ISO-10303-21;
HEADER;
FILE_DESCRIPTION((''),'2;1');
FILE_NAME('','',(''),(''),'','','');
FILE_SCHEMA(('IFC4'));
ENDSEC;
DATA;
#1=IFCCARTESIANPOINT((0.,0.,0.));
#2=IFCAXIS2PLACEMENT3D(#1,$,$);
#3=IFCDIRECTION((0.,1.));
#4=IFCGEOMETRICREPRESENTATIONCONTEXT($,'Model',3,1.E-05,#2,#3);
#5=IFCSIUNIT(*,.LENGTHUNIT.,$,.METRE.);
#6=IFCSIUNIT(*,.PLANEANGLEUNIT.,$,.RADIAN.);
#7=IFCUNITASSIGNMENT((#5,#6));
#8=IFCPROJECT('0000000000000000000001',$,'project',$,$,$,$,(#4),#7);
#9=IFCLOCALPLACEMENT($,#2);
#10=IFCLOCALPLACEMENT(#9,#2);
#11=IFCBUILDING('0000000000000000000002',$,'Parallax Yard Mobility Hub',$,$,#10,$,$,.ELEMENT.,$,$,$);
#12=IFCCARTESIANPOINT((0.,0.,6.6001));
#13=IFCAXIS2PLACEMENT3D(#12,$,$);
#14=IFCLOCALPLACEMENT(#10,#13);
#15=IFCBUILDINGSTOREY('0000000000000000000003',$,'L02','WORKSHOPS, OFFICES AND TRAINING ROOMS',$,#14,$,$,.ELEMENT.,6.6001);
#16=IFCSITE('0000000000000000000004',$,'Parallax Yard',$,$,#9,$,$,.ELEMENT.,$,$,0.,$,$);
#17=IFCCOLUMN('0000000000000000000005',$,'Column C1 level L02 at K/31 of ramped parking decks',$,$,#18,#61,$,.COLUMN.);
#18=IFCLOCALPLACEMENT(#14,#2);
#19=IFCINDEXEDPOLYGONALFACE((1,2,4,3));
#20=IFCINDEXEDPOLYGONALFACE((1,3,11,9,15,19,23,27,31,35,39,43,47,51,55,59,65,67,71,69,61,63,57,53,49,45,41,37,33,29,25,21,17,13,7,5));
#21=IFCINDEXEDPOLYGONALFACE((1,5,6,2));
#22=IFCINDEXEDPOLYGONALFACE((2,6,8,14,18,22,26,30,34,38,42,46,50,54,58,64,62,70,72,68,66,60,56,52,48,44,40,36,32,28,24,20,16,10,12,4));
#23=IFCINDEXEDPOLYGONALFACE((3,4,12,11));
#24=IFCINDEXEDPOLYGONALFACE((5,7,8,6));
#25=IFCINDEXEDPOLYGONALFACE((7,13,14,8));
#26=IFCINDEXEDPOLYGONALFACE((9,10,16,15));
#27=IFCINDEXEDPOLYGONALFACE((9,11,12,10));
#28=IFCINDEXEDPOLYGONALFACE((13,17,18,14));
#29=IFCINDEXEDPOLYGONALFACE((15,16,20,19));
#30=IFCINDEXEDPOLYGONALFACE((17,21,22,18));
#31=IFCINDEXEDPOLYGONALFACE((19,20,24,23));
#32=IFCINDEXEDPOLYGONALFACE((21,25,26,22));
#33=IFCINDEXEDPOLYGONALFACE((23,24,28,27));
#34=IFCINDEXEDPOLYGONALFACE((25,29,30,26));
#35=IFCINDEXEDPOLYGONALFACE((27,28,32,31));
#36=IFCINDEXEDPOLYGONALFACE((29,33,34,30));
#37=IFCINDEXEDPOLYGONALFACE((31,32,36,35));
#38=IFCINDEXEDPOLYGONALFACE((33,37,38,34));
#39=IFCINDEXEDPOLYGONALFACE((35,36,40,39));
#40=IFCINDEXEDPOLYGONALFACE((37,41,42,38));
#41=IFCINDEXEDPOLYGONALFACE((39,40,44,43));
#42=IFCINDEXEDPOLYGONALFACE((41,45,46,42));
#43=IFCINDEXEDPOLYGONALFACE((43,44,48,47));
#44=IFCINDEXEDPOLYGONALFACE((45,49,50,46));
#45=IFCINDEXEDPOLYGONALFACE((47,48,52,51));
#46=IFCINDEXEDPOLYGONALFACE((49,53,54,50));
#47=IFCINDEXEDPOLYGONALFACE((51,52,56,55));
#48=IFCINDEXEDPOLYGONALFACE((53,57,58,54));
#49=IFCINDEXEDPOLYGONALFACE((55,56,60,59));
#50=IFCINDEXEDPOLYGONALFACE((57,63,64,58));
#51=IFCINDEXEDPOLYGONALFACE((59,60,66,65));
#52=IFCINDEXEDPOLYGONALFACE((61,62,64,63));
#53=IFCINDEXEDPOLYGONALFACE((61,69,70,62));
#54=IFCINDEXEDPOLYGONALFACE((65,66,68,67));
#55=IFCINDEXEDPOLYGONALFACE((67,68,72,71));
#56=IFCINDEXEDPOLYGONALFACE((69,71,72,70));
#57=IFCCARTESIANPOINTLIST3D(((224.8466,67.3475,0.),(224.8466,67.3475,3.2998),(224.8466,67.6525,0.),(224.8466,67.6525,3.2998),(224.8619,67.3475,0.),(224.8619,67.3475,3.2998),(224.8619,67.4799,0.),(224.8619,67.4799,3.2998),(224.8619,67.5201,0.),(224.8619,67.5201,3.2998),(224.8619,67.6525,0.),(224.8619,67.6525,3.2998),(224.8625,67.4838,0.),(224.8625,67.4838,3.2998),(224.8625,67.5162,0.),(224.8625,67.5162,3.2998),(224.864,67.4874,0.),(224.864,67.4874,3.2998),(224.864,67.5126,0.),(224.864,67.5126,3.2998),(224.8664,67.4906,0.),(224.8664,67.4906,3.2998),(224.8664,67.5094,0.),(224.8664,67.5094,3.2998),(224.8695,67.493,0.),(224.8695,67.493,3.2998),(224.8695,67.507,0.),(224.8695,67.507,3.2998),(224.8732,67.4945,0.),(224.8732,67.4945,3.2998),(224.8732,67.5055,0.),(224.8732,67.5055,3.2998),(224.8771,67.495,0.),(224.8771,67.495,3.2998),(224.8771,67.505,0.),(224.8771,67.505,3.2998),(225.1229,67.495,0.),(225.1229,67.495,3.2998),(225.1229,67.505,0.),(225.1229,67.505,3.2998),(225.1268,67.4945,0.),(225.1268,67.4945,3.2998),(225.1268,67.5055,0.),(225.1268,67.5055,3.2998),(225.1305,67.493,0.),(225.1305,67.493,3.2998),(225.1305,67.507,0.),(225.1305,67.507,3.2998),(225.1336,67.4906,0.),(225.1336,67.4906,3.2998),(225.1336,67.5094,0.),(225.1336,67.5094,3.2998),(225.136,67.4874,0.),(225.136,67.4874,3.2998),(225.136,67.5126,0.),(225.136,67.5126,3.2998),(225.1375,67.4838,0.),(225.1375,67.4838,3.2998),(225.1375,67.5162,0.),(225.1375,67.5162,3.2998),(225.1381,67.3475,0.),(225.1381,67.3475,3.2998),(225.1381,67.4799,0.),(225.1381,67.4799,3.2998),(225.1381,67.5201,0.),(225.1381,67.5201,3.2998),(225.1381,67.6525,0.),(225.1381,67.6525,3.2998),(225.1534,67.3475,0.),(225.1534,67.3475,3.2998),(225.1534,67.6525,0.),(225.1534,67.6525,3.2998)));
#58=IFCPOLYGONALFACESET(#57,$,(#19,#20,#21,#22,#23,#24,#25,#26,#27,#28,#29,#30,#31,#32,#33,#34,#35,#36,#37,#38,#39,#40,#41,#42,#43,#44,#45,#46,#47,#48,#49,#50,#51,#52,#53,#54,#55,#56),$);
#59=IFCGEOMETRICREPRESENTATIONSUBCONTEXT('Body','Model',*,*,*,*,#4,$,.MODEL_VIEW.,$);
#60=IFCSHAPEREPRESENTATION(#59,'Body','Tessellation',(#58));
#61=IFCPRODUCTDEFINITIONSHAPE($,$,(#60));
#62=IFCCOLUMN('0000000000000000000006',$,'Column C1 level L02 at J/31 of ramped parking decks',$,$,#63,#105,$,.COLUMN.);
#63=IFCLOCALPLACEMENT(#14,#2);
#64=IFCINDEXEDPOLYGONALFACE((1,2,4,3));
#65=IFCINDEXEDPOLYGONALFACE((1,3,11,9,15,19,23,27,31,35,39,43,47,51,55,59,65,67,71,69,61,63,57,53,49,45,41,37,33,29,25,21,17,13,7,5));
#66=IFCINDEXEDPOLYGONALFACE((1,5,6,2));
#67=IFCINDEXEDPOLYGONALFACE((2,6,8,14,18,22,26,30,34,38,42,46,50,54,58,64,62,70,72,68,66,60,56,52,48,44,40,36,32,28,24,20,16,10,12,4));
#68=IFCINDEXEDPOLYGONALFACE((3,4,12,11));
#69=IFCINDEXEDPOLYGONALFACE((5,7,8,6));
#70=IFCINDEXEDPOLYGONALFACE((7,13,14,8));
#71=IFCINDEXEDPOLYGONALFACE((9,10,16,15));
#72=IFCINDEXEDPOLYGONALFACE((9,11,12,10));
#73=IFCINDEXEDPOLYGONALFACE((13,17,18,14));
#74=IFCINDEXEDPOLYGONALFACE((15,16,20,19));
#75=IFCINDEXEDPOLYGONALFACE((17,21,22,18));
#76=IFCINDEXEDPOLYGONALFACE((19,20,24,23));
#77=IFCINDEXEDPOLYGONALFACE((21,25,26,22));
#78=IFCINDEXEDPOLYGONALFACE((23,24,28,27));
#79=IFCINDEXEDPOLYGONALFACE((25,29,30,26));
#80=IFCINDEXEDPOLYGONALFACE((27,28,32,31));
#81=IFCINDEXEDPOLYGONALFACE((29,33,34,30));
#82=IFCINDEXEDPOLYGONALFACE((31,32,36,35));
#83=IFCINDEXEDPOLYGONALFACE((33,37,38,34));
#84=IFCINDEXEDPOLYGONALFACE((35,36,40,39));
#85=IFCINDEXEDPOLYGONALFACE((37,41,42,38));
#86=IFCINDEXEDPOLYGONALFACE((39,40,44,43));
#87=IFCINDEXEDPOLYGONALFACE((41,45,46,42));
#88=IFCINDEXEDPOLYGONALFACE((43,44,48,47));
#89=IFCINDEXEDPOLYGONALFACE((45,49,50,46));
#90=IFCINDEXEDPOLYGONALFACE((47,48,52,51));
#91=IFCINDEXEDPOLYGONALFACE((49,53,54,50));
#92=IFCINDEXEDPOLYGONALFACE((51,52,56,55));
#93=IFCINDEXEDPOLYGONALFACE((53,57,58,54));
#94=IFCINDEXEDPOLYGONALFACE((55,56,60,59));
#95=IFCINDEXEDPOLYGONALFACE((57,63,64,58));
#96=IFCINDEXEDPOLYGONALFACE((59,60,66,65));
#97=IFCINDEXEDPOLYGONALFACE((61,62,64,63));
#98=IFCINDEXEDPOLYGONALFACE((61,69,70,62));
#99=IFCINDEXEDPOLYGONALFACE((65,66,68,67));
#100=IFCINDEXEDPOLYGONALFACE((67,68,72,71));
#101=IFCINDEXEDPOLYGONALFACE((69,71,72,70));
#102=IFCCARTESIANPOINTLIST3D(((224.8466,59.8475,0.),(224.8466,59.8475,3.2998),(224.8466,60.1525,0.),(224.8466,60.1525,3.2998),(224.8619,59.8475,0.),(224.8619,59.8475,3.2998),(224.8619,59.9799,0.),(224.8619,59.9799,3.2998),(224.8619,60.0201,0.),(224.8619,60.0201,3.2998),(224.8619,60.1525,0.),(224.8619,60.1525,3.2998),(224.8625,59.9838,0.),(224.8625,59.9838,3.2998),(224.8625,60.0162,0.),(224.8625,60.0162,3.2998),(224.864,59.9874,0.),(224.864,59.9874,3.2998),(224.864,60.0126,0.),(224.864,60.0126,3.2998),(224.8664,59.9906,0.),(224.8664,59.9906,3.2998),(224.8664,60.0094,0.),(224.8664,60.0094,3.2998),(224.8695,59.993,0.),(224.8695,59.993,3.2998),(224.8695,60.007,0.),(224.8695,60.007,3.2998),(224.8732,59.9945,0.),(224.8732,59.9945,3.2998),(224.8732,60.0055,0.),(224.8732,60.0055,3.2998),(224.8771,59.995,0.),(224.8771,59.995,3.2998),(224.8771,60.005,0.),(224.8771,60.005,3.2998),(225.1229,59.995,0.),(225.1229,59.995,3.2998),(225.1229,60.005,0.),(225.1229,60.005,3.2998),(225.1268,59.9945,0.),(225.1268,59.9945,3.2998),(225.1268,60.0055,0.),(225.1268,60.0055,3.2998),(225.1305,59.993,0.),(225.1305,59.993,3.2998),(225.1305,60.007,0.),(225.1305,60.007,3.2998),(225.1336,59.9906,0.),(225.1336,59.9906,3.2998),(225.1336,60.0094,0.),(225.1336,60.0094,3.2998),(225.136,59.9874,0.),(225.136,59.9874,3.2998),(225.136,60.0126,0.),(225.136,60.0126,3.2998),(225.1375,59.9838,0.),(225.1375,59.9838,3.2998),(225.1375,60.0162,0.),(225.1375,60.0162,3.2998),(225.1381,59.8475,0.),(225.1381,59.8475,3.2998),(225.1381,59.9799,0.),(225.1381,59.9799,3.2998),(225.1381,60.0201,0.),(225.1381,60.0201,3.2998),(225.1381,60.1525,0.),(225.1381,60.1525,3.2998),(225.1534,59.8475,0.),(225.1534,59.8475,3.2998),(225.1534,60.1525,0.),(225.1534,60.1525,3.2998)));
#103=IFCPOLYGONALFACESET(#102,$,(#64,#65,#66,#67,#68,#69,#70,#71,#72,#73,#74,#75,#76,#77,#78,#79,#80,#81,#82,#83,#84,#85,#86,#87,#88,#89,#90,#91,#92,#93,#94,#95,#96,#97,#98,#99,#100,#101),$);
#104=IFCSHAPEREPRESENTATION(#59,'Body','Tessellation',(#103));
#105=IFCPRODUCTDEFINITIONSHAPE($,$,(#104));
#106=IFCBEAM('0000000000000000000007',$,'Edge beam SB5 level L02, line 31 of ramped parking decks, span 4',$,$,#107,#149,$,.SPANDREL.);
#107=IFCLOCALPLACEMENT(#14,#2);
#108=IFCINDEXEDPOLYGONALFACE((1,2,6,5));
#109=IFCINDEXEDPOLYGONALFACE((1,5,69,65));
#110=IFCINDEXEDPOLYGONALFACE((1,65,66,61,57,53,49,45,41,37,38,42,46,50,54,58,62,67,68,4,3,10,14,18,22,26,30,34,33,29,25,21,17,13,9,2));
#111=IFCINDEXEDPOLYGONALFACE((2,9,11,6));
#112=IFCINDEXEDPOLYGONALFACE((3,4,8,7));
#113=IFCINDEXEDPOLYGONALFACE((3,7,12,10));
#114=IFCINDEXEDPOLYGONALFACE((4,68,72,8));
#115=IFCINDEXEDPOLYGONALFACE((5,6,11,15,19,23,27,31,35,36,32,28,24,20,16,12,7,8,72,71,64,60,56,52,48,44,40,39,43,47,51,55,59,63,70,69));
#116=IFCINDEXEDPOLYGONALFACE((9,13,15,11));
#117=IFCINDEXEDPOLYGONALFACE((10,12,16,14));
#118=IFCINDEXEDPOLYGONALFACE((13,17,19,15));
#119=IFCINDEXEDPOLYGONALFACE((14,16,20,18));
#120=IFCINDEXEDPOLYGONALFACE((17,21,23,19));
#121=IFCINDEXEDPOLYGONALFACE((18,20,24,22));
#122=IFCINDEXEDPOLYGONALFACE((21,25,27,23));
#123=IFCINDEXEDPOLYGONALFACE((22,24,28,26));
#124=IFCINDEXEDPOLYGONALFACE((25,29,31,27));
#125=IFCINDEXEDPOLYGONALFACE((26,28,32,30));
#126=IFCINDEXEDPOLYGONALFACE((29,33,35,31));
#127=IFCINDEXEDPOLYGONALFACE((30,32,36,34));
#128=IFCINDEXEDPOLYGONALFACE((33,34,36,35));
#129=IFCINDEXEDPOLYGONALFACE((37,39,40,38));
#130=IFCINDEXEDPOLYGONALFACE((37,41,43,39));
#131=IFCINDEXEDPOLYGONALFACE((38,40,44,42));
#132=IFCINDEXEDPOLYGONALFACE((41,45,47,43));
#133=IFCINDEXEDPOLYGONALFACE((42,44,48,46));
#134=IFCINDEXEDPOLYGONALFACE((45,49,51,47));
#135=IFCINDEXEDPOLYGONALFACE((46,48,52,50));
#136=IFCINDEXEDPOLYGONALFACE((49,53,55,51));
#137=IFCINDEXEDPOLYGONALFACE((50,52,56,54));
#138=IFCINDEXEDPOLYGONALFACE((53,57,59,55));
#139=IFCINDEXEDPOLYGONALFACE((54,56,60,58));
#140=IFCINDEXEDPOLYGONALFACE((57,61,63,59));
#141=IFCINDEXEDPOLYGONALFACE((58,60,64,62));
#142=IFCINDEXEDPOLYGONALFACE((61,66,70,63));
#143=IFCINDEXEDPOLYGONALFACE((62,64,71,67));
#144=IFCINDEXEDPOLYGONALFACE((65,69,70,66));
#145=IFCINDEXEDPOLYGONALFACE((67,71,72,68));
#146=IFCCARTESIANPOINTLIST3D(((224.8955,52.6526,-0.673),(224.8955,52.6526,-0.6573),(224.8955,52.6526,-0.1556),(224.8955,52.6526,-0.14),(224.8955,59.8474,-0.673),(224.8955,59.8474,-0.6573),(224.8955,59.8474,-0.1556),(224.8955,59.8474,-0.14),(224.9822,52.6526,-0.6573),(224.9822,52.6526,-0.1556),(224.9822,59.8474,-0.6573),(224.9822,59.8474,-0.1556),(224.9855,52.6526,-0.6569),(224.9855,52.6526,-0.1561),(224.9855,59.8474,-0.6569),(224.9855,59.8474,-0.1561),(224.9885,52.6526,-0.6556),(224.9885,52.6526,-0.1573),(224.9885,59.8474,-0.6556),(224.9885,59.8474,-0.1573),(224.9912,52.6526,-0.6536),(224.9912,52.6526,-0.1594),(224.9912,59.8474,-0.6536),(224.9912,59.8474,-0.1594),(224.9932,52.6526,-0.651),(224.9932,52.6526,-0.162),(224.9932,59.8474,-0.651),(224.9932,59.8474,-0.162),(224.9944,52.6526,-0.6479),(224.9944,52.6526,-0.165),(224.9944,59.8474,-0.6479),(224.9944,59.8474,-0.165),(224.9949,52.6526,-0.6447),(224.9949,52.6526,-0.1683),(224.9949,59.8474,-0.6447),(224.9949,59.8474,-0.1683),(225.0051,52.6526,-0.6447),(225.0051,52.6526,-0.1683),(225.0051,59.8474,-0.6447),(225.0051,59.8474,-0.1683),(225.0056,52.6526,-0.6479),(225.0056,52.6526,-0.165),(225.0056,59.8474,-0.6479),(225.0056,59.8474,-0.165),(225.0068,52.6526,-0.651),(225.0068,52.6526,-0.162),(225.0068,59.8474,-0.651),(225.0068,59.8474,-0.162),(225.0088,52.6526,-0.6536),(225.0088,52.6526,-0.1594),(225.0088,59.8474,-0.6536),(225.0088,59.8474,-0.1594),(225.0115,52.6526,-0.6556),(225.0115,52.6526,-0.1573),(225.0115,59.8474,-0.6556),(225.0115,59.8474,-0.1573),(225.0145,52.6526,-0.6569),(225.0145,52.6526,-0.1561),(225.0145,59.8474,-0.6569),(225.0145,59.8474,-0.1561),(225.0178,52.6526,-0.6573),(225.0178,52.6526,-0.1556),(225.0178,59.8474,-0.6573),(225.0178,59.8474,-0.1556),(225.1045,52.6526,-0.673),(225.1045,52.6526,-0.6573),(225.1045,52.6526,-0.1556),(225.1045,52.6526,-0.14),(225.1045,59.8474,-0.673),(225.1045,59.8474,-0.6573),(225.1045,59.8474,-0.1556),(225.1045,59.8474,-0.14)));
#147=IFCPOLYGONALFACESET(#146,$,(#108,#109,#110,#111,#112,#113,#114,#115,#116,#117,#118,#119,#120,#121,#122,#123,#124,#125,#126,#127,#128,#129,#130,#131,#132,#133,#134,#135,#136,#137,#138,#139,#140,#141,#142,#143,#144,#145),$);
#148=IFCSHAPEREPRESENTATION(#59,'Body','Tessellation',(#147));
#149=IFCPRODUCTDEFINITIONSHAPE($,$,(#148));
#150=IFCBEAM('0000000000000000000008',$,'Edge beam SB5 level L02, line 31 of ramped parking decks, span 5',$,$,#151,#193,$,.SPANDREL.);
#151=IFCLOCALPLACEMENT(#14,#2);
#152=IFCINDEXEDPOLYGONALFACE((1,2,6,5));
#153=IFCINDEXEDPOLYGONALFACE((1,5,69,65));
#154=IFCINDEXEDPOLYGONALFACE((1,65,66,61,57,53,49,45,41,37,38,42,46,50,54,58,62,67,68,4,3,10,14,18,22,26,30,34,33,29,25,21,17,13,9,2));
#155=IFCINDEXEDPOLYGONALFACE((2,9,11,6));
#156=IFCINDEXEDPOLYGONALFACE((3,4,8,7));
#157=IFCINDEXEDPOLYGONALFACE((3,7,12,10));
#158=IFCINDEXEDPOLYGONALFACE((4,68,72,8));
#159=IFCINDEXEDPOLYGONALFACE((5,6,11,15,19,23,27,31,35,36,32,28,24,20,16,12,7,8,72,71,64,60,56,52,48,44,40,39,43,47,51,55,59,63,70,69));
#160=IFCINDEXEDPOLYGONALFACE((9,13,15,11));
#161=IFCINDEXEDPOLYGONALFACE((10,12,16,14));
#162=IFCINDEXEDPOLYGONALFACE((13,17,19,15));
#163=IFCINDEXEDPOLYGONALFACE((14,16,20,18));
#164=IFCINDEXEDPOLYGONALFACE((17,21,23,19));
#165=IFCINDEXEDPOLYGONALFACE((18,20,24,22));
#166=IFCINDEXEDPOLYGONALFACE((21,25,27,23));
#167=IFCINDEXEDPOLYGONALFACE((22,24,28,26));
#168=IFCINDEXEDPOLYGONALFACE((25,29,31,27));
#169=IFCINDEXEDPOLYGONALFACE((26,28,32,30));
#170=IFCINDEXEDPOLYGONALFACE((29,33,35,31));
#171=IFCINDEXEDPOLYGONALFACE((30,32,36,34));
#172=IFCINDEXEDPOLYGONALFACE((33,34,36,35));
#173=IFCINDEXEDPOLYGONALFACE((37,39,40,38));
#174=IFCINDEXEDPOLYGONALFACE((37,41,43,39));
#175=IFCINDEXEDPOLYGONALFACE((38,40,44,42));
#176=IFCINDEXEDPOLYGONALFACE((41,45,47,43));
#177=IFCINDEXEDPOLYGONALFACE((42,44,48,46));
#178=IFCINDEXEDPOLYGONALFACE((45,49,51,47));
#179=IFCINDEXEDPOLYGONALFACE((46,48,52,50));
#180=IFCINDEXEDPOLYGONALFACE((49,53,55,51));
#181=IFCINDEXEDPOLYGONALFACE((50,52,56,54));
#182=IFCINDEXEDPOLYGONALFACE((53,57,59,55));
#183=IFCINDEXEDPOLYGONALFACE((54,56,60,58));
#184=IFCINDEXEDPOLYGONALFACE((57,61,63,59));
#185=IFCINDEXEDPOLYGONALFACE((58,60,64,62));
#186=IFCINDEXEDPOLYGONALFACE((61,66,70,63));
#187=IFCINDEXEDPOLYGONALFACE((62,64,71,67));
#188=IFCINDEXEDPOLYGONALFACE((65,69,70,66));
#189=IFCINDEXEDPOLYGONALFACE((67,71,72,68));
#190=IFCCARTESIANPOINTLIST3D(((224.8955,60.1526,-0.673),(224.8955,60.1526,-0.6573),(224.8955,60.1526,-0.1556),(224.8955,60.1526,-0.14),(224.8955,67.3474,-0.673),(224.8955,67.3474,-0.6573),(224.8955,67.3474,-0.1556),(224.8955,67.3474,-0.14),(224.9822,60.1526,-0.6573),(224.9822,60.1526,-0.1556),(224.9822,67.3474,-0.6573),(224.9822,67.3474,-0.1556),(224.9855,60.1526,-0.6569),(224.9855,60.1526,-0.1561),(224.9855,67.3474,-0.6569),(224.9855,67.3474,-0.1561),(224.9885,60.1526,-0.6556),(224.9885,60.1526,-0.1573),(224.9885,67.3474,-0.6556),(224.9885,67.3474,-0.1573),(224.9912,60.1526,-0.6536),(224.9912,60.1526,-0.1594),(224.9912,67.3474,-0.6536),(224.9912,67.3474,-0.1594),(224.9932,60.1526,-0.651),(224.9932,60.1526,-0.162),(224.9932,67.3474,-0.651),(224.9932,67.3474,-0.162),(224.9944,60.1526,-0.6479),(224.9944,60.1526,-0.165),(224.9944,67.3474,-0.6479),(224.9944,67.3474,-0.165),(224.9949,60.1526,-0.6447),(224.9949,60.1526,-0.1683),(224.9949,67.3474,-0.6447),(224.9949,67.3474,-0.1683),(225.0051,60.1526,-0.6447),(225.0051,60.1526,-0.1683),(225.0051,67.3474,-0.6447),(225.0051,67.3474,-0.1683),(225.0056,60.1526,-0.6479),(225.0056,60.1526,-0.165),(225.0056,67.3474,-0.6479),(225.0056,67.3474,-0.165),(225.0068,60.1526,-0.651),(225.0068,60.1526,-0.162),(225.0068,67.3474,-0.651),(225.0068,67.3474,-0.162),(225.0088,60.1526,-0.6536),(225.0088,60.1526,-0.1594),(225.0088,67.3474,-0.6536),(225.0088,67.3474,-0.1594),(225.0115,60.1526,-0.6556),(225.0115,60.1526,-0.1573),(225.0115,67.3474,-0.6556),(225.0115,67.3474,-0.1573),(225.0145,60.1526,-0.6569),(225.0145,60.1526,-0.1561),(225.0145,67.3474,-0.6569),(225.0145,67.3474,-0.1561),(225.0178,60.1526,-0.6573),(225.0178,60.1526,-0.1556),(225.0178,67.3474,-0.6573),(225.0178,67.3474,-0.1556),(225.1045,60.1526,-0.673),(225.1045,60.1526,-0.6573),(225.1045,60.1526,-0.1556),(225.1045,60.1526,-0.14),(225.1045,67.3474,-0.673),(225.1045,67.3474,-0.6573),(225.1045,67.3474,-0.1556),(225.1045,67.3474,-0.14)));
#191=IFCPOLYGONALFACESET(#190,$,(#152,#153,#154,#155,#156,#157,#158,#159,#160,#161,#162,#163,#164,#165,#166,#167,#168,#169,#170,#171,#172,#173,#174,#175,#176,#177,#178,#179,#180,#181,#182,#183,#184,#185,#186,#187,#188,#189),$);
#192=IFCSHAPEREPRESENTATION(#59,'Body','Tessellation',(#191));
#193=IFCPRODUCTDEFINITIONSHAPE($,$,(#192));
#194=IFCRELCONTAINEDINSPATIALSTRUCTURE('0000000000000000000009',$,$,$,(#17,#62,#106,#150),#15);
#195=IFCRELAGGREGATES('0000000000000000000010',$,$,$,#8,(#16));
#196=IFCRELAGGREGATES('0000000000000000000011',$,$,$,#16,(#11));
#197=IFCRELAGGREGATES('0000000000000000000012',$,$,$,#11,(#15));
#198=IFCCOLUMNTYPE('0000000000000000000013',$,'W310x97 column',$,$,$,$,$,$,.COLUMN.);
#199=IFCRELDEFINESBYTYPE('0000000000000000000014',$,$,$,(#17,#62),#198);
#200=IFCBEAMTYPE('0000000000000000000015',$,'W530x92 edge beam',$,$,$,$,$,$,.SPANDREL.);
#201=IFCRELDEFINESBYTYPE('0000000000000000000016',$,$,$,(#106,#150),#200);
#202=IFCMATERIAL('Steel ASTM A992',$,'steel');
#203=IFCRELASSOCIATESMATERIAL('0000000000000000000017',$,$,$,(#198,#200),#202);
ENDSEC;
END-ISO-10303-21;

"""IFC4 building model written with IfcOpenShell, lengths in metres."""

from ifc_helpers import new_model, si_unit, direction, frame, origin, origin_2d, place, context, subcontext, project, spatial, i_section, extrude, material, material_profile, profile_set, type_object, element, save


model = new_model("IFC4")

# Units and contexts
model_context = context("Model", 3, precision=1e-05, world=origin(), true_north=direction((0.0, 1.0)))
body_context = subcontext(model_context, "Body", "Model", "MODEL_VIEW")
ifc_project = project(units=[si_unit("LENGTHUNIT", "METRE"), si_unit("PLANEANGLEUNIT", "RADIAN")], contexts=[model_context])

# Site, building, storey
site_placement = place(None, origin())
site = spatial("IfcSite", under=ifc_project, at=site_placement, Name="Parallax Yard", CompositionType="ELEMENT", RefElevation=0.0)
building_placement = place(site_placement, origin())
building = spatial("IfcBuilding", under=site, at=building_placement, Name="Parallax Yard Mobility Hub", CompositionType="ELEMENT")
storey_placement = place(building_placement, frame((0.0, 0.0, 6.6001)))
storey = spatial("IfcBuildingStorey", under=building, at=storey_placement, Name="L02", Description="WORKSHOPS, OFFICES AND TRAINING ROOMS", CompositionType="ELEMENT", Elevation=6.6001)

# Columns
ifc_material_1 = material(Name="Steel ASTM A992", Category="steel")
ifc_material_profile_1 = material_profile(ifc_material_1, i_section(OverallWidth=0.3049, OverallDepth=0.3069, WebThickness=0.01, FlangeThickness=0.0154, FilletRadius=0.0151, at=origin_2d()), Name="W310x97")
ifc_profile_set_1 = profile_set([ifc_material_profile_1], Name="Steel ASTM A992")
column_type = type_object("IfcColumnType", Name="W310x97 column", PredefinedType="COLUMN", material=ifc_profile_set_1)
for number, where, z_axis, x_axis, name in (
    (1, (225.0, 67.5, 0.0), (0.0, 0.0, 1.0), (0.0, 1.0, 0.0), "Column C1 level L02 at K/31 of ramped parking decks"),
    (2, (225.0, 60.0, 0.0), (0.0, 0.0, 1.0), (0.0, 1.0, 0.0), "Column C1 level L02 at J/31 of ramped parking decks"),
):
    element("IfcColumn", number, at=place(storey_placement, frame(where, z_axis=z_axis, x_axis=x_axis)), inside=storey, type_object=column_type, Name=name, PredefinedType="COLUMN", context=body_context, shape_type="SweptSolid", body=[
        extrude(i_section(OverallWidth=0.3049, OverallDepth=0.3069, WebThickness=0.01, FlangeThickness=0.0154, FilletRadius=0.0151, at=origin_2d()), origin(), (0.0, 0.0, 1.0), 3.2998),
    ])

# Beams
ifc_material_profile_2 = material_profile(ifc_material_1, i_section(OverallWidth=0.209, OverallDepth=0.533, WebThickness=0.0103, FlangeThickness=0.0156, FilletRadius=0.0127, at=origin_2d()), Name="W530x92")
ifc_profile_set_2 = profile_set([ifc_material_profile_2], Name="Steel ASTM A992")
beam_type = type_object("IfcBeamType", Name="W530x92 edge beam", PredefinedType="SPANDREL", material=ifc_profile_set_2)
for number, where, z_axis, x_axis, name in (
    (3, (225.0, 52.6526, -0.4065), (0.0, 1.0, 0.0), (-1.0, 0.0, 0.0), "Edge beam SB5 level L02, line 31 of ramped parking decks, span 4"),
    (4, (225.0, 60.1526, -0.4065), (0.0, 1.0, 0.0), (-1.0, 0.0, 0.0), "Edge beam SB5 level L02, line 31 of ramped parking decks, span 5"),
):
    element("IfcBeam", number, at=place(storey_placement, frame(where, z_axis=z_axis, x_axis=x_axis)), inside=storey, type_object=beam_type, Name=name, PredefinedType="SPANDREL", context=body_context, shape_type="SweptSolid", body=[
        extrude(i_section(OverallWidth=0.209, OverallDepth=0.533, WebThickness=0.0103, FlangeThickness=0.0156, FilletRadius=0.0127, at=origin_2d()), origin(), (0.0, 0.0, 1.0), 7.1948),
    ])

save(model, "model.ifc")
